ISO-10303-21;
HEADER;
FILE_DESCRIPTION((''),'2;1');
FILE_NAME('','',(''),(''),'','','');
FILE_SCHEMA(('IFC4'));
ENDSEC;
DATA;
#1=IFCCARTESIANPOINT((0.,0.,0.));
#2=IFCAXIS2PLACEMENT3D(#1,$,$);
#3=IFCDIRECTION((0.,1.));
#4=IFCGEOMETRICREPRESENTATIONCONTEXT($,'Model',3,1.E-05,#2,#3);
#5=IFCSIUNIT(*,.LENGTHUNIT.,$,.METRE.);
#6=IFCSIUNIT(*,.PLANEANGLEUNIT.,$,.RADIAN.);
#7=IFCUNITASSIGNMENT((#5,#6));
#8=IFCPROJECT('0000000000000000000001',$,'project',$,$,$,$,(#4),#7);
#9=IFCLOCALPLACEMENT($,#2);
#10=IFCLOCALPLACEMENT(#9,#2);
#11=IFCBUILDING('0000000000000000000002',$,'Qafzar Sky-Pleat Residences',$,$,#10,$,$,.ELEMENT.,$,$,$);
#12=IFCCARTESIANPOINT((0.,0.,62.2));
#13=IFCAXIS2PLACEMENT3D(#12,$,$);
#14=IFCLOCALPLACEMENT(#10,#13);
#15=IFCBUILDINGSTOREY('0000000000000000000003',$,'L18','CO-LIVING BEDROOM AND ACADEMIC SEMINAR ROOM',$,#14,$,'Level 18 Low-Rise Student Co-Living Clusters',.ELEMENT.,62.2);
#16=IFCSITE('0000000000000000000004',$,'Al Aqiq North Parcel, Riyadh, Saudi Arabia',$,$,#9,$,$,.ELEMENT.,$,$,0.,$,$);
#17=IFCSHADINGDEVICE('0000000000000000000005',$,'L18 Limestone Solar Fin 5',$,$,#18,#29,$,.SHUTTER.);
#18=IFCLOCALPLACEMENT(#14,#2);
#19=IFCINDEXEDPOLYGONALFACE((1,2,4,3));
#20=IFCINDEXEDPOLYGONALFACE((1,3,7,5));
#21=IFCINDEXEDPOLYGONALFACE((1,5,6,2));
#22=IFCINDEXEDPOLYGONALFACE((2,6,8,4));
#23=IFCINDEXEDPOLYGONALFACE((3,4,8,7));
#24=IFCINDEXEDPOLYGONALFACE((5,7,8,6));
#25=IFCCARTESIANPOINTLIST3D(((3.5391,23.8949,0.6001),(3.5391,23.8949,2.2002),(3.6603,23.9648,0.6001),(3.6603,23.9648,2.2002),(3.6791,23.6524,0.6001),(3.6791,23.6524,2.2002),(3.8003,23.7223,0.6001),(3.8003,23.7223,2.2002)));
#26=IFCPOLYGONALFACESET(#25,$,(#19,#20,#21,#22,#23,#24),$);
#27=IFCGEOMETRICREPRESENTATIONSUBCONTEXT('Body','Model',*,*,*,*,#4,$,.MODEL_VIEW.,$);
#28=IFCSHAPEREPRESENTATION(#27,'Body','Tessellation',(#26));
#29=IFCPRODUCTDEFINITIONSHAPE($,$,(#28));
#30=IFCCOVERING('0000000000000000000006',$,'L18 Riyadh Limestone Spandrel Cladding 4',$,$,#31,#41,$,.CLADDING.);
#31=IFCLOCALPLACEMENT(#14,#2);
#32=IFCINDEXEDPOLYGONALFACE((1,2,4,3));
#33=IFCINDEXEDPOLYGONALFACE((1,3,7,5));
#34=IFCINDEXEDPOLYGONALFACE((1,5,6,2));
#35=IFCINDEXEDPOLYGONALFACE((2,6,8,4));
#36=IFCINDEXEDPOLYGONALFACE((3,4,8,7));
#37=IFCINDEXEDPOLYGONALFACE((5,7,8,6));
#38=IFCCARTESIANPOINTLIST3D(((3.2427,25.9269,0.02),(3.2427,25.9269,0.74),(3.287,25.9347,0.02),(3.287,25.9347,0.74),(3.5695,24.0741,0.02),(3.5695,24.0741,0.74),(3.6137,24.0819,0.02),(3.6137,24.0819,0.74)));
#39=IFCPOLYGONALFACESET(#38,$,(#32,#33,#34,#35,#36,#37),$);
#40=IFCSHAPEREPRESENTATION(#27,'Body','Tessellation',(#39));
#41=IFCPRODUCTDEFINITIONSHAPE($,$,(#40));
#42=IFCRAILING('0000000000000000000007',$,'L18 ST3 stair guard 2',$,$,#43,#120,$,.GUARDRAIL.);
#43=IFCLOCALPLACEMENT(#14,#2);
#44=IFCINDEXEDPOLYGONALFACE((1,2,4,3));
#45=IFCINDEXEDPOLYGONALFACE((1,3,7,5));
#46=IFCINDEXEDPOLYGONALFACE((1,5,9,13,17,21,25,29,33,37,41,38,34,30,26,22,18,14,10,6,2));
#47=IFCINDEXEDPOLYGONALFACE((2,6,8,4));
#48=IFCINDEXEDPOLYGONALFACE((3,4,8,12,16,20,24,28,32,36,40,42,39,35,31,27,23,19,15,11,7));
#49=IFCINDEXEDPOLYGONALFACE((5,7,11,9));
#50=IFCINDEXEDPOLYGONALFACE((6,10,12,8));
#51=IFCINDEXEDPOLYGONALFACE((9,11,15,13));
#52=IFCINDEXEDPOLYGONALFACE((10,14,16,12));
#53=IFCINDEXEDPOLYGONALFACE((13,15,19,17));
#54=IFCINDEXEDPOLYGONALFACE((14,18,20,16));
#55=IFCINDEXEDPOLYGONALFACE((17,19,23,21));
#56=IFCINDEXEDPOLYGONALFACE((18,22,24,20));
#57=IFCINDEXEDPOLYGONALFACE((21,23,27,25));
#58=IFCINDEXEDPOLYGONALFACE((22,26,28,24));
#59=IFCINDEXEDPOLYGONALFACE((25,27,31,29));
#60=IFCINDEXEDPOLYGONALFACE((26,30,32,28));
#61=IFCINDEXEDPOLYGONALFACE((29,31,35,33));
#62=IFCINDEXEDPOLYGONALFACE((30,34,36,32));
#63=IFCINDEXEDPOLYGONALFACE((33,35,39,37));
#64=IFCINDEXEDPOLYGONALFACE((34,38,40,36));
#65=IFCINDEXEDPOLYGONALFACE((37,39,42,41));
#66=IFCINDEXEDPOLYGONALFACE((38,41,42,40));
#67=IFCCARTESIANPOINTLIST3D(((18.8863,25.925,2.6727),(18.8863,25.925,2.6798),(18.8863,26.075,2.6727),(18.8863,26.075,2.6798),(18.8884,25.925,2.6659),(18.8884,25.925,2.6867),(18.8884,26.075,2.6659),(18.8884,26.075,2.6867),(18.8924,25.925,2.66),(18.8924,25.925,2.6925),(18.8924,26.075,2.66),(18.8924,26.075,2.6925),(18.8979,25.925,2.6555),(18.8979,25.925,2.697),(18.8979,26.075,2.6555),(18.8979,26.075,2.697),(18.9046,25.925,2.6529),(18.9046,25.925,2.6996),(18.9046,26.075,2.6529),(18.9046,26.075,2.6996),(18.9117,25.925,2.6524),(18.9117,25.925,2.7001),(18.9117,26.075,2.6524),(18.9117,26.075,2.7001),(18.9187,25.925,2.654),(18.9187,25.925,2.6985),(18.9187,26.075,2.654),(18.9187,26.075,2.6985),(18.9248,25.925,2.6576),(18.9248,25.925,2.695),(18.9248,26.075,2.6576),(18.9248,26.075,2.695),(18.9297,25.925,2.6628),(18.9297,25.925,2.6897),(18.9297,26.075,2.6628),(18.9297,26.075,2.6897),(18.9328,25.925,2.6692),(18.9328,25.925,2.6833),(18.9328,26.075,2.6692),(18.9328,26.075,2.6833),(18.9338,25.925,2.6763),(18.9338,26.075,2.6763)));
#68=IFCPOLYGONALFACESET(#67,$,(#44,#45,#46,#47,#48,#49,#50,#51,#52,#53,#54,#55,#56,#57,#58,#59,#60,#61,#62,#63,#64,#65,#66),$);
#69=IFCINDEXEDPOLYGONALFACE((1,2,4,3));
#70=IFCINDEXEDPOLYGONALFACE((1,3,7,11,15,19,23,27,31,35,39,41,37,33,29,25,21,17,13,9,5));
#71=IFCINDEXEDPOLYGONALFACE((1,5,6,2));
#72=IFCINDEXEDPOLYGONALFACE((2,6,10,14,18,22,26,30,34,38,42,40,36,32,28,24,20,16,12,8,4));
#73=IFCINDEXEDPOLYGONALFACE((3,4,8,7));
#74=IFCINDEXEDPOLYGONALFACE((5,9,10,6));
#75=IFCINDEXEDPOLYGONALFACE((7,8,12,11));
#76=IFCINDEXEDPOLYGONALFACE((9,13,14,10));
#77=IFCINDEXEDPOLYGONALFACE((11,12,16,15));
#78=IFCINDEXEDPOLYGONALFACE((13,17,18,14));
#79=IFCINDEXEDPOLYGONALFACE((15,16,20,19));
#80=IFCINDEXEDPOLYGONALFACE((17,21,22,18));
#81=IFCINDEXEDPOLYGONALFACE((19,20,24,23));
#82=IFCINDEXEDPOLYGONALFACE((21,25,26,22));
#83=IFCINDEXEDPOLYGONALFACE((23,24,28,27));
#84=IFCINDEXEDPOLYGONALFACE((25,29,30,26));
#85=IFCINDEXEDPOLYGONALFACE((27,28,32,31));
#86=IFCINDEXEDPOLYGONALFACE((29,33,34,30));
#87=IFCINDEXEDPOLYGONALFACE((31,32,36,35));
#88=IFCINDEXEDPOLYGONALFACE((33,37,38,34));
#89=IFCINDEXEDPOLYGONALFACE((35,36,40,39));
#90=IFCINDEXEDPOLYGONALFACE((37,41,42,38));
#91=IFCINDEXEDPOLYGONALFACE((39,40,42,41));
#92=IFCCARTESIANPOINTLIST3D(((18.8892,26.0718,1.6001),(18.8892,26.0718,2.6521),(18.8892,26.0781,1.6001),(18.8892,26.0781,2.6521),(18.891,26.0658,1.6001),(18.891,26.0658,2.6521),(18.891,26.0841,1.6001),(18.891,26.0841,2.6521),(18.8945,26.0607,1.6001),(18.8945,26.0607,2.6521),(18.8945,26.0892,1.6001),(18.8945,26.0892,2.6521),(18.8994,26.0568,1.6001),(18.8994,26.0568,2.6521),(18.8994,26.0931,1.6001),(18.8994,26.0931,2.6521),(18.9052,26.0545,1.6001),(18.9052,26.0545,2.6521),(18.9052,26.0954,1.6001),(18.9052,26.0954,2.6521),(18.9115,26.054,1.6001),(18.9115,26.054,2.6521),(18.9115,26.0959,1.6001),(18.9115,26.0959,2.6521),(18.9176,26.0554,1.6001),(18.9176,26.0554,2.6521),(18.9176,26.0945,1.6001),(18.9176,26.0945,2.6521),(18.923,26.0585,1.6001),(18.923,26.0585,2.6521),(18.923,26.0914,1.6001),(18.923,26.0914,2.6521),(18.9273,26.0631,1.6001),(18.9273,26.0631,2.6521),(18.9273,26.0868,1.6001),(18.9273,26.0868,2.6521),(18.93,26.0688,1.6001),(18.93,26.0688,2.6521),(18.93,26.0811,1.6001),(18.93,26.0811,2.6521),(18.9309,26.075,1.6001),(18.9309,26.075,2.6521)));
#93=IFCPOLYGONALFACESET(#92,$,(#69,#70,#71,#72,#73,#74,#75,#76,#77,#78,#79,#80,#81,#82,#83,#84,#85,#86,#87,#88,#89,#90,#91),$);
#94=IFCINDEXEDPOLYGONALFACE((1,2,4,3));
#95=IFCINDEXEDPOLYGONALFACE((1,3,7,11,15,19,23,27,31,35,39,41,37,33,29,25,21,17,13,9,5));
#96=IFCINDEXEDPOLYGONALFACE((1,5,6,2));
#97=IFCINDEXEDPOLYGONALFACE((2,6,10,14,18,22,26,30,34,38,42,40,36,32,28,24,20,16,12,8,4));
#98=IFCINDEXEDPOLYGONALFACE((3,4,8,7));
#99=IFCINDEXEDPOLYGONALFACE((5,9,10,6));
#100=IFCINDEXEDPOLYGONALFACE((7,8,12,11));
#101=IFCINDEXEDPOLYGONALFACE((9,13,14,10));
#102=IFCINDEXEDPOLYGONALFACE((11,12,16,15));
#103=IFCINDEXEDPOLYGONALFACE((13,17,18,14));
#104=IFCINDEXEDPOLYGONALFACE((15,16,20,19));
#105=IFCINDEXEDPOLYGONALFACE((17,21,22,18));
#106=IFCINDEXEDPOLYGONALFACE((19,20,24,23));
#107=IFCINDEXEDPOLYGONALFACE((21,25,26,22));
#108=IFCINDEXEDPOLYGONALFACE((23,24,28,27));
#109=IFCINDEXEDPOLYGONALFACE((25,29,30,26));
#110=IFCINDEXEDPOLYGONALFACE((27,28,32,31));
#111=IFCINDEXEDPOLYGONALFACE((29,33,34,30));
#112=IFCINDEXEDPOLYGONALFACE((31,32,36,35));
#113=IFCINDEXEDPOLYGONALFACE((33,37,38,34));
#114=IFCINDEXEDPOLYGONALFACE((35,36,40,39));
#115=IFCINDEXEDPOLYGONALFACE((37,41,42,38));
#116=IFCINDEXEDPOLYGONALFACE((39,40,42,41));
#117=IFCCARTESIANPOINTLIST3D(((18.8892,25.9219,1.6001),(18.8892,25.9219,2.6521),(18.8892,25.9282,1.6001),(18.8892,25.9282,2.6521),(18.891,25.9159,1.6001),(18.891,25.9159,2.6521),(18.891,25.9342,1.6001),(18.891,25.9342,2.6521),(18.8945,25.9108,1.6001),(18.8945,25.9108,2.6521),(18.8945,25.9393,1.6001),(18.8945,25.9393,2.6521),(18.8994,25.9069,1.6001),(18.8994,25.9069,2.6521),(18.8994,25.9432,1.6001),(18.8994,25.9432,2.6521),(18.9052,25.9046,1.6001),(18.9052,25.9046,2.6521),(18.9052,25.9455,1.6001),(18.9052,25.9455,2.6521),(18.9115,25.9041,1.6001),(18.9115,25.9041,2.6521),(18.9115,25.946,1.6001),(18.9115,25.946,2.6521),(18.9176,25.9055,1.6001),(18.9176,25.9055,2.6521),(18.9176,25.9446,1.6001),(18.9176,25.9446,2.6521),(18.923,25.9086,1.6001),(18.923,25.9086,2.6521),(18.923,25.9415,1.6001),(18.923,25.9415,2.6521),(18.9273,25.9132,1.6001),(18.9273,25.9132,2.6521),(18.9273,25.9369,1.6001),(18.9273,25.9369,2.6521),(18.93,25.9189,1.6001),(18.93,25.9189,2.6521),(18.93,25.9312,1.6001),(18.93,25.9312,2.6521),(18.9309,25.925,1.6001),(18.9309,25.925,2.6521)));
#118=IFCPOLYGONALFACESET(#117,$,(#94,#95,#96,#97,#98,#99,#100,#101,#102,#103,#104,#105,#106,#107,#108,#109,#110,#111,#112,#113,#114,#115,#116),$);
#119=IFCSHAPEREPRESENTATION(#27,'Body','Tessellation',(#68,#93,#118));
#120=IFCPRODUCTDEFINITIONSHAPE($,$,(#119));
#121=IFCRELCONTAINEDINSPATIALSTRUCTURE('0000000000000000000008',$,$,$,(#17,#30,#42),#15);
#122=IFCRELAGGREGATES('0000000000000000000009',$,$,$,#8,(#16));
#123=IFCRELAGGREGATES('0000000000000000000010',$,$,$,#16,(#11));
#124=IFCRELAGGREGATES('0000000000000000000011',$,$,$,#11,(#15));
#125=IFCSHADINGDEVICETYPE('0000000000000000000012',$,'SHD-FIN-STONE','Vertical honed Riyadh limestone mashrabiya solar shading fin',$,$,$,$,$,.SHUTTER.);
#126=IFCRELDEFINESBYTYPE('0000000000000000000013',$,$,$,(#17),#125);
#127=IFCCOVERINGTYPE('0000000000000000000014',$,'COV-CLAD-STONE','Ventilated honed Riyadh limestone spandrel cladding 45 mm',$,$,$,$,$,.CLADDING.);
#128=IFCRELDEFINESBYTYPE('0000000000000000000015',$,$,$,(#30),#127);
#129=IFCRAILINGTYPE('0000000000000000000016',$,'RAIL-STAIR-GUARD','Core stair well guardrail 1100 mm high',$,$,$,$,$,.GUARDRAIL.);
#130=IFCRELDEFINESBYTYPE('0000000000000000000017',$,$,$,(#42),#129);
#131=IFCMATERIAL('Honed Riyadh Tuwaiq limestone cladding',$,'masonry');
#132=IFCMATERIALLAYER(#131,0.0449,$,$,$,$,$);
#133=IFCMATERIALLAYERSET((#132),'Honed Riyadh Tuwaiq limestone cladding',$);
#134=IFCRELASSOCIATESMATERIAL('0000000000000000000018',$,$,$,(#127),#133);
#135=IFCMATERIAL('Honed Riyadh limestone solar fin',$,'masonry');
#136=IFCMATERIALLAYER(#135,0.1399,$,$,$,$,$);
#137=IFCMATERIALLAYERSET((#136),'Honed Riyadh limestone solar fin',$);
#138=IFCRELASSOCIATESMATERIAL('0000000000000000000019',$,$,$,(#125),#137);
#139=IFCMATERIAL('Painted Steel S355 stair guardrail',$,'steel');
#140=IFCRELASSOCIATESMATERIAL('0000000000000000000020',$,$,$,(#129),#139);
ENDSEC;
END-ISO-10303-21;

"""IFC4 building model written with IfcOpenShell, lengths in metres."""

from ifc_helpers import new_model, si_unit, direction, frame, origin, origin_2d, place, context, subcontext, project, spatial, rectangle, circle, extrude, source, transform, mapped, material, layer, layer_set, type_object, element, save


model = new_model("IFC4")

# Units and contexts
model_context = context("Model", 3, precision=1e-05, world=origin(), true_north=direction((0.0, 1.0)))
body_context = subcontext(model_context, "Body", "Model", "MODEL_VIEW")
ifc_project = project(units=[si_unit("LENGTHUNIT", "METRE"), si_unit("PLANEANGLEUNIT", "RADIAN")], contexts=[model_context])

# Site, building, storey
site_placement = place(None, origin())
site = spatial("IfcSite", under=ifc_project, at=site_placement, Name="Al Aqiq North Parcel, Riyadh, Saudi Arabia", CompositionType="ELEMENT", RefElevation=0.0)
building_placement = place(site_placement, origin())
building = spatial("IfcBuilding", under=site, at=building_placement, Name="Qafzar Sky-Pleat Residences", CompositionType="ELEMENT")
storey_placement = place(building_placement, frame((0.0, 0.0, 62.2)))
storey = spatial("IfcBuildingStorey", under=building, at=storey_placement, Name="L18", Description="CO-LIVING BEDROOM AND ACADEMIC SEMINAR ROOM", LongName="Level 18 Low-Rise Student Co-Living Clusters", CompositionType="ELEMENT", Elevation=62.2)

# Shared definitions
ifc_material_1 = material(Name="Honed Riyadh Tuwaiq limestone cladding", Category="masonry")
ifc_layer_1 = layer(ifc_material_1, 0.0449)
ifc_layer_set_1 = layer_set([ifc_layer_1], Name="Honed Riyadh Tuwaiq limestone cladding")
covering_type = type_object("IfcCoveringType", Name="COV-CLAD-STONE", Description="Ventilated honed Riyadh limestone spandrel cladding 45 mm", PredefinedType="CLADDING", material=ifc_layer_set_1)

# Shading device
ifc_material_2 = material(Name="Honed Riyadh limestone solar fin", Category="masonry")
ifc_layer_2 = layer(ifc_material_2, 0.1399)
ifc_layer_set_2 = layer_set([ifc_layer_2], Name="Honed Riyadh limestone solar fin")
shading_device_type = type_object("IfcShadingDeviceType", Name="SHD-FIN-STONE", Description="Vertical honed Riyadh limestone mashrabiya solar shading fin", PredefinedType="SHUTTER", material=ifc_layer_set_2)
shared_shape_1 = source(origin(), body_context, "Body", "SweptSolid", [
    extrude(rectangle(XDim=0.1399, YDim=0.28, at=origin_2d()), origin(), (0.0, 0.0, 1.0), 1.6001),
])
shading_device_placement = place(storey_placement, frame((3.6697, 23.8086, 0.6001), z_axis=(0.0, 0.0, 1.0), x_axis=(-0.866044, -0.499967, 0.0)))
element("IfcShadingDevice", 1, at=shading_device_placement, inside=storey, type_object=shading_device_type, Name="L18 Limestone Solar Fin 5", PredefinedType="SHUTTER", context=body_context, shape_type="MappedRepresentation", body=[
    mapped(shared_shape_1, transform((0.0, 0.0, 0.0), x_axis=(1.0, 0.0, 0.0), y_axis=(0.0, 1.0, 0.0), z_axis=(0.0, 0.0, 1.0), scale=1.0)),
])

# Covering
shared_shape_2 = source(origin(), body_context, "Body", "SweptSolid", [
    extrude(rectangle(XDim=1.8813, YDim=0.0449, at=origin_2d()), origin(), (0.0, 0.0, 1.0), 0.72),
])
covering_1_placement = place(storey_placement, frame((3.4282, 25.0044, 0.02), z_axis=(0.0, 0.0, 1.0), x_axis=(0.173663, -0.984805, 0.0)))
element("IfcCovering", 2, at=covering_1_placement, inside=storey, type_object=covering_type, Name="L18 Riyadh Limestone Spandrel Cladding 4", PredefinedType="CLADDING", context=body_context, shape_type="MappedRepresentation", body=[
    mapped(shared_shape_2, transform((0.0, 0.0, 0.0), x_axis=(1.0, 0.0, 0.0), y_axis=(0.0, 1.0, 0.0), z_axis=(0.0, 0.0, 1.0), scale=1.0)),
])

# Railing
ifc_material_3 = material(Name="Painted Steel S355 stair guardrail", Category="steel")
railing_type_1 = type_object("IfcRailingType", Name="RAIL-STAIR-GUARD", Description="Core stair well guardrail 1100 mm high", PredefinedType="GUARDRAIL", material=ifc_material_3)
shared_shape_3 = source(origin(), body_context, "Body", "SweptSolid", [
    extrude(circle(Radius=0.0239, at=origin_2d()), frame((0.0, 0.0, 1.0762), z_axis=(0.0, -1.0, 0.0), x_axis=(1.0, 0.0, 0.0)), (0.0, 0.0, 1.0), 0.1499),
    extrude(circle(Radius=0.021, at=origin_2d()), origin(), (0.0, 0.0, 1.0), 1.052),
    extrude(circle(Radius=0.021, at=origin_2d()), frame((0.0, -0.1499, 0.0)), (0.0, 0.0, 1.0), 1.052),
])
railing_1_placement = place(storey_placement, frame((18.9099, 26.075, 1.6001)))
element("IfcRailing", 3, at=railing_1_placement, inside=storey, type_object=railing_type_1, Name="L18 ST3 stair guard 2", PredefinedType="GUARDRAIL", context=body_context, shape_type="MappedRepresentation", body=[
    mapped(shared_shape_3, transform((0.0, 0.0, 0.0), x_axis=(1.0, 0.0, 0.0), y_axis=(0.0, 1.0, 0.0), z_axis=(0.0, 0.0, 1.0), scale=1.0)),
])

save(model, "model.ifc")
